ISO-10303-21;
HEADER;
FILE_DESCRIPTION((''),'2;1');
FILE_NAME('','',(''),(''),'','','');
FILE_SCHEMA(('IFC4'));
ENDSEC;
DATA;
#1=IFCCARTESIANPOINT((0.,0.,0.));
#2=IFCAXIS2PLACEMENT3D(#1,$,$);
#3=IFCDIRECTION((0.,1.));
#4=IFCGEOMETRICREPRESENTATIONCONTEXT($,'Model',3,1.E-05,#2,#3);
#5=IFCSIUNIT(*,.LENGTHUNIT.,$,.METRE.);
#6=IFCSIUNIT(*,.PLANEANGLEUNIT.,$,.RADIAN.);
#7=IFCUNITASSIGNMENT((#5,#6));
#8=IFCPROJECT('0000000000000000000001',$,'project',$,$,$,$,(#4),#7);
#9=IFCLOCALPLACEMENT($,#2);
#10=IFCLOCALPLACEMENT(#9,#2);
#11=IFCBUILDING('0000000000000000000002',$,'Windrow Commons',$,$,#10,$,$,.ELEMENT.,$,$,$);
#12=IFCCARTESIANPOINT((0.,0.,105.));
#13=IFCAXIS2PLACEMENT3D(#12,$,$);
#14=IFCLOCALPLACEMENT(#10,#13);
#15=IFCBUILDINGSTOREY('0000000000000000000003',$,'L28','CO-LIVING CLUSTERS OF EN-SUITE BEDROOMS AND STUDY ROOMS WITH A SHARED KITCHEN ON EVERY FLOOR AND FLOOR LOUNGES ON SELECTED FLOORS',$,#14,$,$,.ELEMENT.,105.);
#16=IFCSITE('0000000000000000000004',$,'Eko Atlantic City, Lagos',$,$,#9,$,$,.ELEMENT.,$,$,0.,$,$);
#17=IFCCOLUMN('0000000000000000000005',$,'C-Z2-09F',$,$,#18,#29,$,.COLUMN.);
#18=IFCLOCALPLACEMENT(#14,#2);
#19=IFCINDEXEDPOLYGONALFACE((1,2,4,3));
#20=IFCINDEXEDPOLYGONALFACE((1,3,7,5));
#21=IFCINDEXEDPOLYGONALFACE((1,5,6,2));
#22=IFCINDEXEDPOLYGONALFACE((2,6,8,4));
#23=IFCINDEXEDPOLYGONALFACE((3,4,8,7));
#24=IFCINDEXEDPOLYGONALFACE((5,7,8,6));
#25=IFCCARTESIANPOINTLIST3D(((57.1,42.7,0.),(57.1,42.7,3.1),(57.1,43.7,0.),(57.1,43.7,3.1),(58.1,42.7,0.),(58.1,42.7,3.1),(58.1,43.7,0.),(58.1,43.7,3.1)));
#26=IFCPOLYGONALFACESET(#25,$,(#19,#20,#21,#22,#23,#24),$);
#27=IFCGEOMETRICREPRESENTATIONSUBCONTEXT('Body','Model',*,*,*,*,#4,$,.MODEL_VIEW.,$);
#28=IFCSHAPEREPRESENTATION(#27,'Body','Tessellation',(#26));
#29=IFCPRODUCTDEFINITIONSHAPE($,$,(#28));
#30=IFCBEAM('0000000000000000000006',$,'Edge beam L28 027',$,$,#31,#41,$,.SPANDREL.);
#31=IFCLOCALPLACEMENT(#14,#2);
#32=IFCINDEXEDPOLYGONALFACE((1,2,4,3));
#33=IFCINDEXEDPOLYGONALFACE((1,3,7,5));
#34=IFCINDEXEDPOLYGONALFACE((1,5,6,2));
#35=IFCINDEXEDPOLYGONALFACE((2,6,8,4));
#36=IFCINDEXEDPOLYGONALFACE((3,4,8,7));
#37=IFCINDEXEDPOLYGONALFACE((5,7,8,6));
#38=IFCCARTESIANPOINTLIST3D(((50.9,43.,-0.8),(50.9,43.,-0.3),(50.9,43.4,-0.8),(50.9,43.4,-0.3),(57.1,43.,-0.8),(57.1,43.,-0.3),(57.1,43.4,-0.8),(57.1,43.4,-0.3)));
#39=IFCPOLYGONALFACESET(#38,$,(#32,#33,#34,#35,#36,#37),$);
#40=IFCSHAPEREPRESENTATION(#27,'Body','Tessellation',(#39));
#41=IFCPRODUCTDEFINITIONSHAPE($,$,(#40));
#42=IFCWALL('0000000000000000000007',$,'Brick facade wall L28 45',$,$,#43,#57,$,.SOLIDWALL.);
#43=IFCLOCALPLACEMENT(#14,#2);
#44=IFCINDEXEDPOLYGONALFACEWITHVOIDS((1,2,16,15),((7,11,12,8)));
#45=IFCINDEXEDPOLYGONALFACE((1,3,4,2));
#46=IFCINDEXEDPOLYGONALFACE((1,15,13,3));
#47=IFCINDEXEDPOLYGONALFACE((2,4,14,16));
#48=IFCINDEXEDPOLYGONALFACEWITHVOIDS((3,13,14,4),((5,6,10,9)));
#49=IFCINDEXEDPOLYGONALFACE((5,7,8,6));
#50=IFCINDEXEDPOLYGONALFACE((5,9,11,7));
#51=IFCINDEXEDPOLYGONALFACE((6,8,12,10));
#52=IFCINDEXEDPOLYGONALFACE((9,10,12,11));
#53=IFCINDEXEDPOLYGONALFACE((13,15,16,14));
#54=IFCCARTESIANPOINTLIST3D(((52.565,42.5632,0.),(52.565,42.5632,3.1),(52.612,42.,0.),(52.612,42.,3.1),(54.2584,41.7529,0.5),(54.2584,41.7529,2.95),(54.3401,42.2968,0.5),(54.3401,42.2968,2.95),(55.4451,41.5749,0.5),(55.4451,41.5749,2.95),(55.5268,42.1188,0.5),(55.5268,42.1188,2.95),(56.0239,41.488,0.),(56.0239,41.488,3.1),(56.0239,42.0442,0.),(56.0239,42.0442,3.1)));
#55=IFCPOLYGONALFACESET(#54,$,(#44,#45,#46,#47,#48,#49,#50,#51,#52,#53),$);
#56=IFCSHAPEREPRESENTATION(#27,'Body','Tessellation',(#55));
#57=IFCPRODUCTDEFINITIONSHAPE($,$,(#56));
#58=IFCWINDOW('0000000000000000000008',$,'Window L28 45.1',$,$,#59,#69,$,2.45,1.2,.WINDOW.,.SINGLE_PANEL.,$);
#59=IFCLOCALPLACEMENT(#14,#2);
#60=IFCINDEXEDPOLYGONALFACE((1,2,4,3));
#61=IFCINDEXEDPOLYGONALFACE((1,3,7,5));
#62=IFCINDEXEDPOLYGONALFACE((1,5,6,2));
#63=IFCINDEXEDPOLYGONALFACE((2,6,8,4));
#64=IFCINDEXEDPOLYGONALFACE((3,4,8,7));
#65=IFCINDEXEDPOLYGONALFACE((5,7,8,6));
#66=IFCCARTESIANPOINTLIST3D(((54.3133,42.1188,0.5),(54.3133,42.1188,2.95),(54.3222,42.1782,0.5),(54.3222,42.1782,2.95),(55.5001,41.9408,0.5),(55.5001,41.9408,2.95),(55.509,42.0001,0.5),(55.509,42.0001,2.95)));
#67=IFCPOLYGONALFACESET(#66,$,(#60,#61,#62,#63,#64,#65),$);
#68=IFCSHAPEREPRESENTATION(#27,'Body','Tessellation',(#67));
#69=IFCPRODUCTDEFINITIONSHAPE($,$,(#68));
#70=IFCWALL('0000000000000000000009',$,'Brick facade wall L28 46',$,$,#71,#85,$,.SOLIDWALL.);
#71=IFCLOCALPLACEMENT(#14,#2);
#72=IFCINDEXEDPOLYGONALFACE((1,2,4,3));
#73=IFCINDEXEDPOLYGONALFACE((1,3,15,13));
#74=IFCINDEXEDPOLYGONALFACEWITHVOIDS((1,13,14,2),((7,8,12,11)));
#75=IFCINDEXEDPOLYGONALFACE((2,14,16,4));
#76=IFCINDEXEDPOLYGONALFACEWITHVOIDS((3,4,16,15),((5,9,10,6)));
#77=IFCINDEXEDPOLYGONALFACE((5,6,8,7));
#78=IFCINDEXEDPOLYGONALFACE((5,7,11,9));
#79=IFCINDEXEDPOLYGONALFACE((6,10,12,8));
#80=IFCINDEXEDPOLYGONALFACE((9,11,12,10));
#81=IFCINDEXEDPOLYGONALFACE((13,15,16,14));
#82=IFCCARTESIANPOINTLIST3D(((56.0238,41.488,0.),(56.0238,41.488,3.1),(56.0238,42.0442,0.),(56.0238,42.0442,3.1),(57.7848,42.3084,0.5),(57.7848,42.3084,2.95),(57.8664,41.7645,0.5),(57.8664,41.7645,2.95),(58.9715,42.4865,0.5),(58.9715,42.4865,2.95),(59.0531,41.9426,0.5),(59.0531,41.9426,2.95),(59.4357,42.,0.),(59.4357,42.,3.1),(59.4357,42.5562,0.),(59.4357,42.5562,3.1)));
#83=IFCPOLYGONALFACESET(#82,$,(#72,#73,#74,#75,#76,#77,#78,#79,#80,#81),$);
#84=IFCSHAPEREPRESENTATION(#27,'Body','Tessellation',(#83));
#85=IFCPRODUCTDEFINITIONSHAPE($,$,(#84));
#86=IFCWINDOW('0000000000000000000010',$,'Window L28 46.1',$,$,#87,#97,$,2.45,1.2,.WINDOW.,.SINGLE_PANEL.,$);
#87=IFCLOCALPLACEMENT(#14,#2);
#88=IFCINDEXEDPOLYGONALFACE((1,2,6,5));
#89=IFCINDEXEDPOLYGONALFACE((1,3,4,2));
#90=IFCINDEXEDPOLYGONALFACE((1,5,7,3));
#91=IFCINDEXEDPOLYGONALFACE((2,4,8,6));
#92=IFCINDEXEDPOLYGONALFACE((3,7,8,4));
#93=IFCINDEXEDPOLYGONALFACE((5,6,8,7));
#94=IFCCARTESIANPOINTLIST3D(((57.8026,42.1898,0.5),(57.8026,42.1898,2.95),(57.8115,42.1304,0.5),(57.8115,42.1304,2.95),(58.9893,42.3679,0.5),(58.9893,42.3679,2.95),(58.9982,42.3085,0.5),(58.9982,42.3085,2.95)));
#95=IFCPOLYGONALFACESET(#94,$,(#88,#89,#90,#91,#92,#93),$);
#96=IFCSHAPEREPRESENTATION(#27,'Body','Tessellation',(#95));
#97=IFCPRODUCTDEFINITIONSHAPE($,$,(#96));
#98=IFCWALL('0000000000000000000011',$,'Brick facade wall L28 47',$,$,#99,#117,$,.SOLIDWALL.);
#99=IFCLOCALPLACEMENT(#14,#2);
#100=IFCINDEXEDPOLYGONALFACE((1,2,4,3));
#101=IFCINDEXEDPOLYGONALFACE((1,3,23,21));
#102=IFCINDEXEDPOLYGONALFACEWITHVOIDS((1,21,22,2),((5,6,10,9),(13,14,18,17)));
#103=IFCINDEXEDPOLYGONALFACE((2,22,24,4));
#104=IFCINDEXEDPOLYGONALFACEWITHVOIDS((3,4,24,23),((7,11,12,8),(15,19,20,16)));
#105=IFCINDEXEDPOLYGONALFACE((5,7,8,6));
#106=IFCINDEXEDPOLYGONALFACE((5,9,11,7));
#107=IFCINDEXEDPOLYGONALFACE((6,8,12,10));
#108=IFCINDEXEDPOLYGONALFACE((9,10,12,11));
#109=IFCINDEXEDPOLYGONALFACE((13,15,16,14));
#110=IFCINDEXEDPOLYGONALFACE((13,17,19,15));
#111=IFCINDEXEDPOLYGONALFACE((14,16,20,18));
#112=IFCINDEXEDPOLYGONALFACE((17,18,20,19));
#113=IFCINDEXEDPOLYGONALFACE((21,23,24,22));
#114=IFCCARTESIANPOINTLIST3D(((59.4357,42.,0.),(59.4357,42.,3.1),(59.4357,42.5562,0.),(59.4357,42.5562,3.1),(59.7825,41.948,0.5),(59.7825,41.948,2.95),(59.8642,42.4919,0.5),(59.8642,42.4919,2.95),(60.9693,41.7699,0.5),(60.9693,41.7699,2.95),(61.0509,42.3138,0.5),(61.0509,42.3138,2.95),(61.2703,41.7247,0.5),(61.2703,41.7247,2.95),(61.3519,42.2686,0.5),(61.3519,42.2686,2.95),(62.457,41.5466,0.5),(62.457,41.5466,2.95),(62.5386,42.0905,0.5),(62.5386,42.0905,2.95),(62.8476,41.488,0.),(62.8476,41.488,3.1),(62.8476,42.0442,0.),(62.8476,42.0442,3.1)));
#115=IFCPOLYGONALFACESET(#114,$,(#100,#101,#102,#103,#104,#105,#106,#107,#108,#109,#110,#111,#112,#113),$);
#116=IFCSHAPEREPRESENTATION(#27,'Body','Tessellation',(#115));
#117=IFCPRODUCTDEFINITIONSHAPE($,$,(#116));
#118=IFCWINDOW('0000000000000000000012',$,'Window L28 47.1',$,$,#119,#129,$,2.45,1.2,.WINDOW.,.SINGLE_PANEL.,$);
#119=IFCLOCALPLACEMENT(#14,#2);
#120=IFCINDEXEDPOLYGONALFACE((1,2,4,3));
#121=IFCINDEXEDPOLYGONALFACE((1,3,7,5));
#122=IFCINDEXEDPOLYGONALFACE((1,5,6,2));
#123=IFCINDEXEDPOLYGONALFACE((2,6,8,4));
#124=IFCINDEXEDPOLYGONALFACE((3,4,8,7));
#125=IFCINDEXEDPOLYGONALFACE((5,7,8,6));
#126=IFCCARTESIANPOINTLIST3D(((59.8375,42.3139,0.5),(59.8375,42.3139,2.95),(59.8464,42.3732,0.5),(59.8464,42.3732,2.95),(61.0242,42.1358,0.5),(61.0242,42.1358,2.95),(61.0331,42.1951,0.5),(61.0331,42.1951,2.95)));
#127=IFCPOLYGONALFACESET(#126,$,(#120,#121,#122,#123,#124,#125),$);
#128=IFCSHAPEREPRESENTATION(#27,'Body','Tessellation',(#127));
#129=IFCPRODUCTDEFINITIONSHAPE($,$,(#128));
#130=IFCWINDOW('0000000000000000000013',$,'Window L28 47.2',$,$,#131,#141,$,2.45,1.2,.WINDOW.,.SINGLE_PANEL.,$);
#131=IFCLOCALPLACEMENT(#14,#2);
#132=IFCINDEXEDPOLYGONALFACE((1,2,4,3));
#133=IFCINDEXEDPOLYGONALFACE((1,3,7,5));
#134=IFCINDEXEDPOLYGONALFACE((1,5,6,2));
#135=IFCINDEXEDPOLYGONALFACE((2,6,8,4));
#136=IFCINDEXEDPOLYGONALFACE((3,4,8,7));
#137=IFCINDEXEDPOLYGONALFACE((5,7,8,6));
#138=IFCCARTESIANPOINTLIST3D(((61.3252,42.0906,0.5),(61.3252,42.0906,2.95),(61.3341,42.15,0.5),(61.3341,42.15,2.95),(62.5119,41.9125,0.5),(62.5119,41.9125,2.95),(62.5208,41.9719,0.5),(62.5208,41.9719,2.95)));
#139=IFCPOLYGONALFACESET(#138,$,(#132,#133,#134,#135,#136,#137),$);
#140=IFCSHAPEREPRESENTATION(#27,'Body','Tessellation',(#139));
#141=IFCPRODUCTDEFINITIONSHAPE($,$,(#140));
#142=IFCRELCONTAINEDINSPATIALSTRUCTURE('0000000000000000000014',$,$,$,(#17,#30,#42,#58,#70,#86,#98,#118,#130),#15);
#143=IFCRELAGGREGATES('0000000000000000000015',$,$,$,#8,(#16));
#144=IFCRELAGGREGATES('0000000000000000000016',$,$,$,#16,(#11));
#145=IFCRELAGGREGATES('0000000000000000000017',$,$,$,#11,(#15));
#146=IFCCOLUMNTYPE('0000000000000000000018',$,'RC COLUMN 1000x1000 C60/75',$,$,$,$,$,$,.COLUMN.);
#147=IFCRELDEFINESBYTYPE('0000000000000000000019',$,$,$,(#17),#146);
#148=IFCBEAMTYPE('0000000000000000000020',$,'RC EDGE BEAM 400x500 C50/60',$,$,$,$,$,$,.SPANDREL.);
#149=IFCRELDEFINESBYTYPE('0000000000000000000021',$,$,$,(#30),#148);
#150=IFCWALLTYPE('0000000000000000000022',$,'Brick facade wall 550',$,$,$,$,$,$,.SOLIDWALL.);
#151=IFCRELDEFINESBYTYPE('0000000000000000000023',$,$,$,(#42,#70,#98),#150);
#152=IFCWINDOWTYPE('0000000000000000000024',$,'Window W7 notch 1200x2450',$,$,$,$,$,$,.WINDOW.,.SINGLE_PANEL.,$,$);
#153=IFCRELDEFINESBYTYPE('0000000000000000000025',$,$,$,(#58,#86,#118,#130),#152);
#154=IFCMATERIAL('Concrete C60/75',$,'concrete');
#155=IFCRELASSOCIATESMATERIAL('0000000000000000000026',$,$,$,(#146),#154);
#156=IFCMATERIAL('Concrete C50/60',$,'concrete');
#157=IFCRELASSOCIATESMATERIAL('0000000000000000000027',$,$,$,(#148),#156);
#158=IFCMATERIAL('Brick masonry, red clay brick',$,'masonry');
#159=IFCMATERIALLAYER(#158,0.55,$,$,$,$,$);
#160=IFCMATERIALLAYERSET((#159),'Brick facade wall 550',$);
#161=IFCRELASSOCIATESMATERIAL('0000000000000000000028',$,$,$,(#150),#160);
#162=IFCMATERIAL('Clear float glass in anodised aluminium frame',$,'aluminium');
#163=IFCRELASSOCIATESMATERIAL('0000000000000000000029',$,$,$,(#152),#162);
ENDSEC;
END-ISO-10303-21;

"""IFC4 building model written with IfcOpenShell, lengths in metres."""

from ifc_helpers import new_model, si_unit, direction, frame, frame_2d, origin, origin_2d, place, context, subcontext, project, spatial, polyline, rectangle, outline, extrude, material, layer, layer_set, material_profile, profile_set, type_object, element, fill, save


model = new_model("IFC4")

# Units and contexts
model_context = context("Model", 3, precision=1e-05, world=origin(), true_north=direction((0.0, 1.0)))
body_context = subcontext(model_context, "Body", "Model", "MODEL_VIEW")
ifc_project = project(units=[si_unit("LENGTHUNIT", "METRE"), si_unit("PLANEANGLEUNIT", "RADIAN")], contexts=[model_context])

# Site, building, storey
site_placement = place(None, origin())
site = spatial("IfcSite", under=ifc_project, at=site_placement, Name="Eko Atlantic City, Lagos", CompositionType="ELEMENT", RefElevation=0.0)
building_placement = place(site_placement, origin())
building = spatial("IfcBuilding", under=site, at=building_placement, Name="Windrow Commons", CompositionType="ELEMENT")
storey_placement = place(building_placement, frame((0.0, 0.0, 105.0)))
storey = spatial("IfcBuildingStorey", under=building, at=storey_placement, Name="L28", Description="CO-LIVING CLUSTERS OF EN-SUITE BEDROOMS AND STUDY ROOMS WITH A SHARED KITCHEN ON EVERY FLOOR AND FLOOR LOUNGES ON SELECTED FLOORS", CompositionType="ELEMENT", Elevation=105.0)

# Column
ifc_material_1 = material(Name="Concrete C60/75", Category="concrete")
ifc_material_profile_1 = material_profile(ifc_material_1, rectangle(XDim=1.0, YDim=1.0, at=origin_2d()))
ifc_profile_set_1 = profile_set([ifc_material_profile_1], Name="Concrete C60/75")
column_type = type_object("IfcColumnType", Name="RC COLUMN 1000x1000 C60/75", PredefinedType="COLUMN", material=ifc_profile_set_1)
column_placement = place(storey_placement, frame((57.6, 43.2, 0.0), z_axis=(0.0, 0.0, 1.0), x_axis=(1.0, 0.0, 0.0)))
element("IfcColumn", 1, at=column_placement, inside=storey, type_object=column_type, Name="C-Z2-09F", PredefinedType="COLUMN", context=body_context, shape_type="SweptSolid", body=[
    extrude(rectangle(XDim=1.0, YDim=1.0, at=origin_2d()), origin(), (0.0, 0.0, 1.0), 3.1),
])

# Beam
ifc_material_2 = material(Name="Concrete C50/60", Category="concrete")
ifc_material_profile_2 = material_profile(ifc_material_2, rectangle(XDim=0.4, YDim=0.5, at=origin_2d()))
ifc_profile_set_2 = profile_set([ifc_material_profile_2], Name="Concrete C50/60")
beam_type = type_object("IfcBeamType", Name="RC EDGE BEAM 400x500 C50/60", PredefinedType="SPANDREL", material=ifc_profile_set_2)
beam_placement = place(storey_placement, frame((57.1, 43.2, -0.55), z_axis=(-1.0, 0.0, 0.0), x_axis=(0.0, -1.0, 0.0)))
element("IfcBeam", 2, at=beam_placement, inside=storey, type_object=beam_type, Name="Edge beam L28 027", PredefinedType="SPANDREL", context=body_context, shape_type="SweptSolid", body=[
    extrude(rectangle(XDim=0.4, YDim=0.5, at=origin_2d()), origin(), (0.0, 0.0, 1.0), 6.2),
])

# Walls, openings, windows
ifc_material_3 = material(Name="Brick masonry, red clay brick", Category="masonry")
ifc_layer_1 = layer(ifc_material_3, 0.55)
ifc_layer_set_1 = layer_set([ifc_layer_1], Name="Brick facade wall 550")
wall_type_1 = type_object("IfcWallType", Name="Brick facade wall 550", PredefinedType="SOLIDWALL", material=ifc_layer_set_1)
wall_1_placement = place(storey_placement, frame((52.5885, 42.2816, 0.0), z_axis=(0.0, 0.0, 1.0), x_axis=(0.988928, -0.148398, 0.0)))
wall_1 = element("IfcWall", 3, at=wall_1_placement, inside=storey, type_object=wall_type_1, Name="Brick facade wall L28 45", PredefinedType="SOLIDWALL", context=body_context, shape_type="SweptSolid", body=[
    extrude(outline(polyline([(0.065, -0.275), (3.5151, -0.275), (3.4326, 0.275), (-0.065, 0.275), (0.065, -0.275)])), origin(), (0.0, 0.0, 1.0), 3.1),
])
opening_1_placement = place(wall_1_placement, frame((1.7299, 0.0, 0.5)))
opening_1 = element("IfcOpeningElement", 4, at=opening_1_placement, cuts=wall_1, PredefinedType="OPENING", context=body_context, shape_type="SweptSolid", body=[
    extrude(rectangle(XDim=1.2, YDim=2.45, at=frame_2d((0.6, 1.225))), frame((0.0, 0.285, 0.0), z_axis=(0.0, -1.0, 0.0), x_axis=(1.0, 0.0, 0.0)), (0.0, 0.0, 1.0), 0.57),
])
ifc_material_4 = material(Name="Clear float glass in anodised aluminium frame", Category="aluminium")
window_type = type_object("IfcWindowType", Name="Window W7 notch 1200x2450", PartitioningType="SINGLE_PANEL", PredefinedType="WINDOW", material=ifc_material_4)
window_1_placement = place(opening_1_placement, origin())
window_1 = element("IfcWindow", 5, at=window_1_placement, inside=storey, type_object=window_type, Name="Window L28 45.1", OverallHeight=2.45, OverallWidth=1.2, PartitioningType="SINGLE_PANEL", PredefinedType="WINDOW", context=body_context, shape_type="SweptSolid", body=[
    extrude(rectangle(XDim=1.2, YDim=2.45, at=frame_2d((0.6, 1.225))), frame((0.0, 0.155, 0.0), z_axis=(0.0, -1.0, 0.0), x_axis=(1.0, 0.0, 0.0)), (0.0, 0.0, 1.0), 0.06),
])
fill(opening_1, window_1)
wall_2_placement = place(storey_placement, frame((56.0238, 41.7661, 0.0), z_axis=(0.0, 0.0, 1.0), x_axis=(0.988927, 0.148401, 0.0)))
wall_2 = element("IfcWall", 6, at=wall_2_placement, inside=storey, type_object=wall_type_1, Name="Brick facade wall L28 46", PredefinedType="SOLIDWALL", context=body_context, shape_type="SweptSolid", body=[
    extrude(outline(polyline([(-0.0413, -0.275), (3.4088, -0.275), (3.4914, 0.275), (0.0413, 0.275), (-0.0413, -0.275)])), origin(), (0.0, 0.0, 1.0), 3.1),
])
opening_2_placement = place(wall_2_placement, frame((1.822, 0.0, 0.5)))
opening_2 = element("IfcOpeningElement", 7, at=opening_2_placement, cuts=wall_2, PredefinedType="OPENING", context=body_context, shape_type="SweptSolid", body=[
    extrude(rectangle(XDim=1.2, YDim=2.45, at=frame_2d((0.6, 1.225))), frame((0.0, 0.285, 0.0), z_axis=(0.0, -1.0, 0.0), x_axis=(1.0, 0.0, 0.0)), (0.0, 0.0, 1.0), 0.57),
])
window_2_placement = place(opening_2_placement, origin())
window_2 = element("IfcWindow", 8, at=window_2_placement, inside=storey, type_object=window_type, Name="Window L28 46.1", OverallHeight=2.45, OverallWidth=1.2, PartitioningType="SINGLE_PANEL", PredefinedType="WINDOW", context=body_context, shape_type="SweptSolid", body=[
    extrude(rectangle(XDim=1.2, YDim=2.45, at=frame_2d((0.6, 1.225))), frame((0.0, 0.155, 0.0), z_axis=(0.0, -1.0, 0.0), x_axis=(1.0, 0.0, 0.0)), (0.0, 0.0, 1.0), 0.06),
])
fill(opening_2, window_2)

# Wall, openings, windows
wall_3_placement = place(storey_placement, frame((59.4357, 42.2781, 0.0), z_axis=(0.0, 0.0, 1.0), x_axis=(0.988927, -0.148401, 0.0)))
wall_3 = element("IfcWall", 9, at=wall_3_placement, inside=storey, type_object=wall_type_1, Name="Brick facade wall L28 47", PredefinedType="SOLIDWALL", context=body_context, shape_type="SweptSolid", body=[
    extrude(outline(polyline([(0.0413, -0.275), (3.4914, -0.275), (3.4088, 0.275), (-0.0413, 0.275), (0.0413, -0.275)])), origin(), (0.0, 0.0, 1.0), 3.1),
])
opening_3_placement = place(wall_3_placement, frame((0.392, 0.0, 0.5)))
opening_3 = element("IfcOpeningElement", 10, at=opening_3_placement, cuts=wall_3, PredefinedType="OPENING", context=body_context, shape_type="SweptSolid", body=[
    extrude(rectangle(XDim=1.2, YDim=2.45, at=frame_2d((0.6, 1.225))), frame((0.0, 0.285, 0.0), z_axis=(0.0, -1.0, 0.0), x_axis=(1.0, 0.0, 0.0)), (0.0, 0.0, 1.0), 0.57),
])
opening_4_placement = place(wall_3_placement, frame((1.8964, 0.0, 0.5)))
opening_4 = element("IfcOpeningElement", 11, at=opening_4_placement, cuts=wall_3, PredefinedType="OPENING", context=body_context, shape_type="SweptSolid", body=[
    extrude(rectangle(XDim=1.2, YDim=2.45, at=frame_2d((0.6, 1.225))), frame((0.0, 0.285, 0.0), z_axis=(0.0, -1.0, 0.0), x_axis=(1.0, 0.0, 0.0)), (0.0, 0.0, 1.0), 0.57),
])
window_3_placement = place(opening_3_placement, origin())
window_3 = element("IfcWindow", 12, at=window_3_placement, inside=storey, type_object=window_type, Name="Window L28 47.1", OverallHeight=2.45, OverallWidth=1.2, PartitioningType="SINGLE_PANEL", PredefinedType="WINDOW", context=body_context, shape_type="SweptSolid", body=[
    extrude(rectangle(XDim=1.2, YDim=2.45, at=frame_2d((0.6, 1.225))), frame((0.0, 0.155, 0.0), z_axis=(0.0, -1.0, 0.0), x_axis=(1.0, 0.0, 0.0)), (0.0, 0.0, 1.0), 0.06),
])
fill(opening_3, window_3)
window_4_placement = place(opening_4_placement, origin())
window_4 = element("IfcWindow", 13, at=window_4_placement, inside=storey, type_object=window_type, Name="Window L28 47.2", OverallHeight=2.45, OverallWidth=1.2, PartitioningType="SINGLE_PANEL", PredefinedType="WINDOW", context=body_context, shape_type="SweptSolid", body=[
    extrude(rectangle(XDim=1.2, YDim=2.45, at=frame_2d((0.6, 1.225))), frame((0.0, 0.155, 0.0), z_axis=(0.0, -1.0, 0.0), x_axis=(1.0, 0.0, 0.0)), (0.0, 0.0, 1.0), 0.06),
])
fill(opening_4, window_4)

save(model, "model.ifc")
